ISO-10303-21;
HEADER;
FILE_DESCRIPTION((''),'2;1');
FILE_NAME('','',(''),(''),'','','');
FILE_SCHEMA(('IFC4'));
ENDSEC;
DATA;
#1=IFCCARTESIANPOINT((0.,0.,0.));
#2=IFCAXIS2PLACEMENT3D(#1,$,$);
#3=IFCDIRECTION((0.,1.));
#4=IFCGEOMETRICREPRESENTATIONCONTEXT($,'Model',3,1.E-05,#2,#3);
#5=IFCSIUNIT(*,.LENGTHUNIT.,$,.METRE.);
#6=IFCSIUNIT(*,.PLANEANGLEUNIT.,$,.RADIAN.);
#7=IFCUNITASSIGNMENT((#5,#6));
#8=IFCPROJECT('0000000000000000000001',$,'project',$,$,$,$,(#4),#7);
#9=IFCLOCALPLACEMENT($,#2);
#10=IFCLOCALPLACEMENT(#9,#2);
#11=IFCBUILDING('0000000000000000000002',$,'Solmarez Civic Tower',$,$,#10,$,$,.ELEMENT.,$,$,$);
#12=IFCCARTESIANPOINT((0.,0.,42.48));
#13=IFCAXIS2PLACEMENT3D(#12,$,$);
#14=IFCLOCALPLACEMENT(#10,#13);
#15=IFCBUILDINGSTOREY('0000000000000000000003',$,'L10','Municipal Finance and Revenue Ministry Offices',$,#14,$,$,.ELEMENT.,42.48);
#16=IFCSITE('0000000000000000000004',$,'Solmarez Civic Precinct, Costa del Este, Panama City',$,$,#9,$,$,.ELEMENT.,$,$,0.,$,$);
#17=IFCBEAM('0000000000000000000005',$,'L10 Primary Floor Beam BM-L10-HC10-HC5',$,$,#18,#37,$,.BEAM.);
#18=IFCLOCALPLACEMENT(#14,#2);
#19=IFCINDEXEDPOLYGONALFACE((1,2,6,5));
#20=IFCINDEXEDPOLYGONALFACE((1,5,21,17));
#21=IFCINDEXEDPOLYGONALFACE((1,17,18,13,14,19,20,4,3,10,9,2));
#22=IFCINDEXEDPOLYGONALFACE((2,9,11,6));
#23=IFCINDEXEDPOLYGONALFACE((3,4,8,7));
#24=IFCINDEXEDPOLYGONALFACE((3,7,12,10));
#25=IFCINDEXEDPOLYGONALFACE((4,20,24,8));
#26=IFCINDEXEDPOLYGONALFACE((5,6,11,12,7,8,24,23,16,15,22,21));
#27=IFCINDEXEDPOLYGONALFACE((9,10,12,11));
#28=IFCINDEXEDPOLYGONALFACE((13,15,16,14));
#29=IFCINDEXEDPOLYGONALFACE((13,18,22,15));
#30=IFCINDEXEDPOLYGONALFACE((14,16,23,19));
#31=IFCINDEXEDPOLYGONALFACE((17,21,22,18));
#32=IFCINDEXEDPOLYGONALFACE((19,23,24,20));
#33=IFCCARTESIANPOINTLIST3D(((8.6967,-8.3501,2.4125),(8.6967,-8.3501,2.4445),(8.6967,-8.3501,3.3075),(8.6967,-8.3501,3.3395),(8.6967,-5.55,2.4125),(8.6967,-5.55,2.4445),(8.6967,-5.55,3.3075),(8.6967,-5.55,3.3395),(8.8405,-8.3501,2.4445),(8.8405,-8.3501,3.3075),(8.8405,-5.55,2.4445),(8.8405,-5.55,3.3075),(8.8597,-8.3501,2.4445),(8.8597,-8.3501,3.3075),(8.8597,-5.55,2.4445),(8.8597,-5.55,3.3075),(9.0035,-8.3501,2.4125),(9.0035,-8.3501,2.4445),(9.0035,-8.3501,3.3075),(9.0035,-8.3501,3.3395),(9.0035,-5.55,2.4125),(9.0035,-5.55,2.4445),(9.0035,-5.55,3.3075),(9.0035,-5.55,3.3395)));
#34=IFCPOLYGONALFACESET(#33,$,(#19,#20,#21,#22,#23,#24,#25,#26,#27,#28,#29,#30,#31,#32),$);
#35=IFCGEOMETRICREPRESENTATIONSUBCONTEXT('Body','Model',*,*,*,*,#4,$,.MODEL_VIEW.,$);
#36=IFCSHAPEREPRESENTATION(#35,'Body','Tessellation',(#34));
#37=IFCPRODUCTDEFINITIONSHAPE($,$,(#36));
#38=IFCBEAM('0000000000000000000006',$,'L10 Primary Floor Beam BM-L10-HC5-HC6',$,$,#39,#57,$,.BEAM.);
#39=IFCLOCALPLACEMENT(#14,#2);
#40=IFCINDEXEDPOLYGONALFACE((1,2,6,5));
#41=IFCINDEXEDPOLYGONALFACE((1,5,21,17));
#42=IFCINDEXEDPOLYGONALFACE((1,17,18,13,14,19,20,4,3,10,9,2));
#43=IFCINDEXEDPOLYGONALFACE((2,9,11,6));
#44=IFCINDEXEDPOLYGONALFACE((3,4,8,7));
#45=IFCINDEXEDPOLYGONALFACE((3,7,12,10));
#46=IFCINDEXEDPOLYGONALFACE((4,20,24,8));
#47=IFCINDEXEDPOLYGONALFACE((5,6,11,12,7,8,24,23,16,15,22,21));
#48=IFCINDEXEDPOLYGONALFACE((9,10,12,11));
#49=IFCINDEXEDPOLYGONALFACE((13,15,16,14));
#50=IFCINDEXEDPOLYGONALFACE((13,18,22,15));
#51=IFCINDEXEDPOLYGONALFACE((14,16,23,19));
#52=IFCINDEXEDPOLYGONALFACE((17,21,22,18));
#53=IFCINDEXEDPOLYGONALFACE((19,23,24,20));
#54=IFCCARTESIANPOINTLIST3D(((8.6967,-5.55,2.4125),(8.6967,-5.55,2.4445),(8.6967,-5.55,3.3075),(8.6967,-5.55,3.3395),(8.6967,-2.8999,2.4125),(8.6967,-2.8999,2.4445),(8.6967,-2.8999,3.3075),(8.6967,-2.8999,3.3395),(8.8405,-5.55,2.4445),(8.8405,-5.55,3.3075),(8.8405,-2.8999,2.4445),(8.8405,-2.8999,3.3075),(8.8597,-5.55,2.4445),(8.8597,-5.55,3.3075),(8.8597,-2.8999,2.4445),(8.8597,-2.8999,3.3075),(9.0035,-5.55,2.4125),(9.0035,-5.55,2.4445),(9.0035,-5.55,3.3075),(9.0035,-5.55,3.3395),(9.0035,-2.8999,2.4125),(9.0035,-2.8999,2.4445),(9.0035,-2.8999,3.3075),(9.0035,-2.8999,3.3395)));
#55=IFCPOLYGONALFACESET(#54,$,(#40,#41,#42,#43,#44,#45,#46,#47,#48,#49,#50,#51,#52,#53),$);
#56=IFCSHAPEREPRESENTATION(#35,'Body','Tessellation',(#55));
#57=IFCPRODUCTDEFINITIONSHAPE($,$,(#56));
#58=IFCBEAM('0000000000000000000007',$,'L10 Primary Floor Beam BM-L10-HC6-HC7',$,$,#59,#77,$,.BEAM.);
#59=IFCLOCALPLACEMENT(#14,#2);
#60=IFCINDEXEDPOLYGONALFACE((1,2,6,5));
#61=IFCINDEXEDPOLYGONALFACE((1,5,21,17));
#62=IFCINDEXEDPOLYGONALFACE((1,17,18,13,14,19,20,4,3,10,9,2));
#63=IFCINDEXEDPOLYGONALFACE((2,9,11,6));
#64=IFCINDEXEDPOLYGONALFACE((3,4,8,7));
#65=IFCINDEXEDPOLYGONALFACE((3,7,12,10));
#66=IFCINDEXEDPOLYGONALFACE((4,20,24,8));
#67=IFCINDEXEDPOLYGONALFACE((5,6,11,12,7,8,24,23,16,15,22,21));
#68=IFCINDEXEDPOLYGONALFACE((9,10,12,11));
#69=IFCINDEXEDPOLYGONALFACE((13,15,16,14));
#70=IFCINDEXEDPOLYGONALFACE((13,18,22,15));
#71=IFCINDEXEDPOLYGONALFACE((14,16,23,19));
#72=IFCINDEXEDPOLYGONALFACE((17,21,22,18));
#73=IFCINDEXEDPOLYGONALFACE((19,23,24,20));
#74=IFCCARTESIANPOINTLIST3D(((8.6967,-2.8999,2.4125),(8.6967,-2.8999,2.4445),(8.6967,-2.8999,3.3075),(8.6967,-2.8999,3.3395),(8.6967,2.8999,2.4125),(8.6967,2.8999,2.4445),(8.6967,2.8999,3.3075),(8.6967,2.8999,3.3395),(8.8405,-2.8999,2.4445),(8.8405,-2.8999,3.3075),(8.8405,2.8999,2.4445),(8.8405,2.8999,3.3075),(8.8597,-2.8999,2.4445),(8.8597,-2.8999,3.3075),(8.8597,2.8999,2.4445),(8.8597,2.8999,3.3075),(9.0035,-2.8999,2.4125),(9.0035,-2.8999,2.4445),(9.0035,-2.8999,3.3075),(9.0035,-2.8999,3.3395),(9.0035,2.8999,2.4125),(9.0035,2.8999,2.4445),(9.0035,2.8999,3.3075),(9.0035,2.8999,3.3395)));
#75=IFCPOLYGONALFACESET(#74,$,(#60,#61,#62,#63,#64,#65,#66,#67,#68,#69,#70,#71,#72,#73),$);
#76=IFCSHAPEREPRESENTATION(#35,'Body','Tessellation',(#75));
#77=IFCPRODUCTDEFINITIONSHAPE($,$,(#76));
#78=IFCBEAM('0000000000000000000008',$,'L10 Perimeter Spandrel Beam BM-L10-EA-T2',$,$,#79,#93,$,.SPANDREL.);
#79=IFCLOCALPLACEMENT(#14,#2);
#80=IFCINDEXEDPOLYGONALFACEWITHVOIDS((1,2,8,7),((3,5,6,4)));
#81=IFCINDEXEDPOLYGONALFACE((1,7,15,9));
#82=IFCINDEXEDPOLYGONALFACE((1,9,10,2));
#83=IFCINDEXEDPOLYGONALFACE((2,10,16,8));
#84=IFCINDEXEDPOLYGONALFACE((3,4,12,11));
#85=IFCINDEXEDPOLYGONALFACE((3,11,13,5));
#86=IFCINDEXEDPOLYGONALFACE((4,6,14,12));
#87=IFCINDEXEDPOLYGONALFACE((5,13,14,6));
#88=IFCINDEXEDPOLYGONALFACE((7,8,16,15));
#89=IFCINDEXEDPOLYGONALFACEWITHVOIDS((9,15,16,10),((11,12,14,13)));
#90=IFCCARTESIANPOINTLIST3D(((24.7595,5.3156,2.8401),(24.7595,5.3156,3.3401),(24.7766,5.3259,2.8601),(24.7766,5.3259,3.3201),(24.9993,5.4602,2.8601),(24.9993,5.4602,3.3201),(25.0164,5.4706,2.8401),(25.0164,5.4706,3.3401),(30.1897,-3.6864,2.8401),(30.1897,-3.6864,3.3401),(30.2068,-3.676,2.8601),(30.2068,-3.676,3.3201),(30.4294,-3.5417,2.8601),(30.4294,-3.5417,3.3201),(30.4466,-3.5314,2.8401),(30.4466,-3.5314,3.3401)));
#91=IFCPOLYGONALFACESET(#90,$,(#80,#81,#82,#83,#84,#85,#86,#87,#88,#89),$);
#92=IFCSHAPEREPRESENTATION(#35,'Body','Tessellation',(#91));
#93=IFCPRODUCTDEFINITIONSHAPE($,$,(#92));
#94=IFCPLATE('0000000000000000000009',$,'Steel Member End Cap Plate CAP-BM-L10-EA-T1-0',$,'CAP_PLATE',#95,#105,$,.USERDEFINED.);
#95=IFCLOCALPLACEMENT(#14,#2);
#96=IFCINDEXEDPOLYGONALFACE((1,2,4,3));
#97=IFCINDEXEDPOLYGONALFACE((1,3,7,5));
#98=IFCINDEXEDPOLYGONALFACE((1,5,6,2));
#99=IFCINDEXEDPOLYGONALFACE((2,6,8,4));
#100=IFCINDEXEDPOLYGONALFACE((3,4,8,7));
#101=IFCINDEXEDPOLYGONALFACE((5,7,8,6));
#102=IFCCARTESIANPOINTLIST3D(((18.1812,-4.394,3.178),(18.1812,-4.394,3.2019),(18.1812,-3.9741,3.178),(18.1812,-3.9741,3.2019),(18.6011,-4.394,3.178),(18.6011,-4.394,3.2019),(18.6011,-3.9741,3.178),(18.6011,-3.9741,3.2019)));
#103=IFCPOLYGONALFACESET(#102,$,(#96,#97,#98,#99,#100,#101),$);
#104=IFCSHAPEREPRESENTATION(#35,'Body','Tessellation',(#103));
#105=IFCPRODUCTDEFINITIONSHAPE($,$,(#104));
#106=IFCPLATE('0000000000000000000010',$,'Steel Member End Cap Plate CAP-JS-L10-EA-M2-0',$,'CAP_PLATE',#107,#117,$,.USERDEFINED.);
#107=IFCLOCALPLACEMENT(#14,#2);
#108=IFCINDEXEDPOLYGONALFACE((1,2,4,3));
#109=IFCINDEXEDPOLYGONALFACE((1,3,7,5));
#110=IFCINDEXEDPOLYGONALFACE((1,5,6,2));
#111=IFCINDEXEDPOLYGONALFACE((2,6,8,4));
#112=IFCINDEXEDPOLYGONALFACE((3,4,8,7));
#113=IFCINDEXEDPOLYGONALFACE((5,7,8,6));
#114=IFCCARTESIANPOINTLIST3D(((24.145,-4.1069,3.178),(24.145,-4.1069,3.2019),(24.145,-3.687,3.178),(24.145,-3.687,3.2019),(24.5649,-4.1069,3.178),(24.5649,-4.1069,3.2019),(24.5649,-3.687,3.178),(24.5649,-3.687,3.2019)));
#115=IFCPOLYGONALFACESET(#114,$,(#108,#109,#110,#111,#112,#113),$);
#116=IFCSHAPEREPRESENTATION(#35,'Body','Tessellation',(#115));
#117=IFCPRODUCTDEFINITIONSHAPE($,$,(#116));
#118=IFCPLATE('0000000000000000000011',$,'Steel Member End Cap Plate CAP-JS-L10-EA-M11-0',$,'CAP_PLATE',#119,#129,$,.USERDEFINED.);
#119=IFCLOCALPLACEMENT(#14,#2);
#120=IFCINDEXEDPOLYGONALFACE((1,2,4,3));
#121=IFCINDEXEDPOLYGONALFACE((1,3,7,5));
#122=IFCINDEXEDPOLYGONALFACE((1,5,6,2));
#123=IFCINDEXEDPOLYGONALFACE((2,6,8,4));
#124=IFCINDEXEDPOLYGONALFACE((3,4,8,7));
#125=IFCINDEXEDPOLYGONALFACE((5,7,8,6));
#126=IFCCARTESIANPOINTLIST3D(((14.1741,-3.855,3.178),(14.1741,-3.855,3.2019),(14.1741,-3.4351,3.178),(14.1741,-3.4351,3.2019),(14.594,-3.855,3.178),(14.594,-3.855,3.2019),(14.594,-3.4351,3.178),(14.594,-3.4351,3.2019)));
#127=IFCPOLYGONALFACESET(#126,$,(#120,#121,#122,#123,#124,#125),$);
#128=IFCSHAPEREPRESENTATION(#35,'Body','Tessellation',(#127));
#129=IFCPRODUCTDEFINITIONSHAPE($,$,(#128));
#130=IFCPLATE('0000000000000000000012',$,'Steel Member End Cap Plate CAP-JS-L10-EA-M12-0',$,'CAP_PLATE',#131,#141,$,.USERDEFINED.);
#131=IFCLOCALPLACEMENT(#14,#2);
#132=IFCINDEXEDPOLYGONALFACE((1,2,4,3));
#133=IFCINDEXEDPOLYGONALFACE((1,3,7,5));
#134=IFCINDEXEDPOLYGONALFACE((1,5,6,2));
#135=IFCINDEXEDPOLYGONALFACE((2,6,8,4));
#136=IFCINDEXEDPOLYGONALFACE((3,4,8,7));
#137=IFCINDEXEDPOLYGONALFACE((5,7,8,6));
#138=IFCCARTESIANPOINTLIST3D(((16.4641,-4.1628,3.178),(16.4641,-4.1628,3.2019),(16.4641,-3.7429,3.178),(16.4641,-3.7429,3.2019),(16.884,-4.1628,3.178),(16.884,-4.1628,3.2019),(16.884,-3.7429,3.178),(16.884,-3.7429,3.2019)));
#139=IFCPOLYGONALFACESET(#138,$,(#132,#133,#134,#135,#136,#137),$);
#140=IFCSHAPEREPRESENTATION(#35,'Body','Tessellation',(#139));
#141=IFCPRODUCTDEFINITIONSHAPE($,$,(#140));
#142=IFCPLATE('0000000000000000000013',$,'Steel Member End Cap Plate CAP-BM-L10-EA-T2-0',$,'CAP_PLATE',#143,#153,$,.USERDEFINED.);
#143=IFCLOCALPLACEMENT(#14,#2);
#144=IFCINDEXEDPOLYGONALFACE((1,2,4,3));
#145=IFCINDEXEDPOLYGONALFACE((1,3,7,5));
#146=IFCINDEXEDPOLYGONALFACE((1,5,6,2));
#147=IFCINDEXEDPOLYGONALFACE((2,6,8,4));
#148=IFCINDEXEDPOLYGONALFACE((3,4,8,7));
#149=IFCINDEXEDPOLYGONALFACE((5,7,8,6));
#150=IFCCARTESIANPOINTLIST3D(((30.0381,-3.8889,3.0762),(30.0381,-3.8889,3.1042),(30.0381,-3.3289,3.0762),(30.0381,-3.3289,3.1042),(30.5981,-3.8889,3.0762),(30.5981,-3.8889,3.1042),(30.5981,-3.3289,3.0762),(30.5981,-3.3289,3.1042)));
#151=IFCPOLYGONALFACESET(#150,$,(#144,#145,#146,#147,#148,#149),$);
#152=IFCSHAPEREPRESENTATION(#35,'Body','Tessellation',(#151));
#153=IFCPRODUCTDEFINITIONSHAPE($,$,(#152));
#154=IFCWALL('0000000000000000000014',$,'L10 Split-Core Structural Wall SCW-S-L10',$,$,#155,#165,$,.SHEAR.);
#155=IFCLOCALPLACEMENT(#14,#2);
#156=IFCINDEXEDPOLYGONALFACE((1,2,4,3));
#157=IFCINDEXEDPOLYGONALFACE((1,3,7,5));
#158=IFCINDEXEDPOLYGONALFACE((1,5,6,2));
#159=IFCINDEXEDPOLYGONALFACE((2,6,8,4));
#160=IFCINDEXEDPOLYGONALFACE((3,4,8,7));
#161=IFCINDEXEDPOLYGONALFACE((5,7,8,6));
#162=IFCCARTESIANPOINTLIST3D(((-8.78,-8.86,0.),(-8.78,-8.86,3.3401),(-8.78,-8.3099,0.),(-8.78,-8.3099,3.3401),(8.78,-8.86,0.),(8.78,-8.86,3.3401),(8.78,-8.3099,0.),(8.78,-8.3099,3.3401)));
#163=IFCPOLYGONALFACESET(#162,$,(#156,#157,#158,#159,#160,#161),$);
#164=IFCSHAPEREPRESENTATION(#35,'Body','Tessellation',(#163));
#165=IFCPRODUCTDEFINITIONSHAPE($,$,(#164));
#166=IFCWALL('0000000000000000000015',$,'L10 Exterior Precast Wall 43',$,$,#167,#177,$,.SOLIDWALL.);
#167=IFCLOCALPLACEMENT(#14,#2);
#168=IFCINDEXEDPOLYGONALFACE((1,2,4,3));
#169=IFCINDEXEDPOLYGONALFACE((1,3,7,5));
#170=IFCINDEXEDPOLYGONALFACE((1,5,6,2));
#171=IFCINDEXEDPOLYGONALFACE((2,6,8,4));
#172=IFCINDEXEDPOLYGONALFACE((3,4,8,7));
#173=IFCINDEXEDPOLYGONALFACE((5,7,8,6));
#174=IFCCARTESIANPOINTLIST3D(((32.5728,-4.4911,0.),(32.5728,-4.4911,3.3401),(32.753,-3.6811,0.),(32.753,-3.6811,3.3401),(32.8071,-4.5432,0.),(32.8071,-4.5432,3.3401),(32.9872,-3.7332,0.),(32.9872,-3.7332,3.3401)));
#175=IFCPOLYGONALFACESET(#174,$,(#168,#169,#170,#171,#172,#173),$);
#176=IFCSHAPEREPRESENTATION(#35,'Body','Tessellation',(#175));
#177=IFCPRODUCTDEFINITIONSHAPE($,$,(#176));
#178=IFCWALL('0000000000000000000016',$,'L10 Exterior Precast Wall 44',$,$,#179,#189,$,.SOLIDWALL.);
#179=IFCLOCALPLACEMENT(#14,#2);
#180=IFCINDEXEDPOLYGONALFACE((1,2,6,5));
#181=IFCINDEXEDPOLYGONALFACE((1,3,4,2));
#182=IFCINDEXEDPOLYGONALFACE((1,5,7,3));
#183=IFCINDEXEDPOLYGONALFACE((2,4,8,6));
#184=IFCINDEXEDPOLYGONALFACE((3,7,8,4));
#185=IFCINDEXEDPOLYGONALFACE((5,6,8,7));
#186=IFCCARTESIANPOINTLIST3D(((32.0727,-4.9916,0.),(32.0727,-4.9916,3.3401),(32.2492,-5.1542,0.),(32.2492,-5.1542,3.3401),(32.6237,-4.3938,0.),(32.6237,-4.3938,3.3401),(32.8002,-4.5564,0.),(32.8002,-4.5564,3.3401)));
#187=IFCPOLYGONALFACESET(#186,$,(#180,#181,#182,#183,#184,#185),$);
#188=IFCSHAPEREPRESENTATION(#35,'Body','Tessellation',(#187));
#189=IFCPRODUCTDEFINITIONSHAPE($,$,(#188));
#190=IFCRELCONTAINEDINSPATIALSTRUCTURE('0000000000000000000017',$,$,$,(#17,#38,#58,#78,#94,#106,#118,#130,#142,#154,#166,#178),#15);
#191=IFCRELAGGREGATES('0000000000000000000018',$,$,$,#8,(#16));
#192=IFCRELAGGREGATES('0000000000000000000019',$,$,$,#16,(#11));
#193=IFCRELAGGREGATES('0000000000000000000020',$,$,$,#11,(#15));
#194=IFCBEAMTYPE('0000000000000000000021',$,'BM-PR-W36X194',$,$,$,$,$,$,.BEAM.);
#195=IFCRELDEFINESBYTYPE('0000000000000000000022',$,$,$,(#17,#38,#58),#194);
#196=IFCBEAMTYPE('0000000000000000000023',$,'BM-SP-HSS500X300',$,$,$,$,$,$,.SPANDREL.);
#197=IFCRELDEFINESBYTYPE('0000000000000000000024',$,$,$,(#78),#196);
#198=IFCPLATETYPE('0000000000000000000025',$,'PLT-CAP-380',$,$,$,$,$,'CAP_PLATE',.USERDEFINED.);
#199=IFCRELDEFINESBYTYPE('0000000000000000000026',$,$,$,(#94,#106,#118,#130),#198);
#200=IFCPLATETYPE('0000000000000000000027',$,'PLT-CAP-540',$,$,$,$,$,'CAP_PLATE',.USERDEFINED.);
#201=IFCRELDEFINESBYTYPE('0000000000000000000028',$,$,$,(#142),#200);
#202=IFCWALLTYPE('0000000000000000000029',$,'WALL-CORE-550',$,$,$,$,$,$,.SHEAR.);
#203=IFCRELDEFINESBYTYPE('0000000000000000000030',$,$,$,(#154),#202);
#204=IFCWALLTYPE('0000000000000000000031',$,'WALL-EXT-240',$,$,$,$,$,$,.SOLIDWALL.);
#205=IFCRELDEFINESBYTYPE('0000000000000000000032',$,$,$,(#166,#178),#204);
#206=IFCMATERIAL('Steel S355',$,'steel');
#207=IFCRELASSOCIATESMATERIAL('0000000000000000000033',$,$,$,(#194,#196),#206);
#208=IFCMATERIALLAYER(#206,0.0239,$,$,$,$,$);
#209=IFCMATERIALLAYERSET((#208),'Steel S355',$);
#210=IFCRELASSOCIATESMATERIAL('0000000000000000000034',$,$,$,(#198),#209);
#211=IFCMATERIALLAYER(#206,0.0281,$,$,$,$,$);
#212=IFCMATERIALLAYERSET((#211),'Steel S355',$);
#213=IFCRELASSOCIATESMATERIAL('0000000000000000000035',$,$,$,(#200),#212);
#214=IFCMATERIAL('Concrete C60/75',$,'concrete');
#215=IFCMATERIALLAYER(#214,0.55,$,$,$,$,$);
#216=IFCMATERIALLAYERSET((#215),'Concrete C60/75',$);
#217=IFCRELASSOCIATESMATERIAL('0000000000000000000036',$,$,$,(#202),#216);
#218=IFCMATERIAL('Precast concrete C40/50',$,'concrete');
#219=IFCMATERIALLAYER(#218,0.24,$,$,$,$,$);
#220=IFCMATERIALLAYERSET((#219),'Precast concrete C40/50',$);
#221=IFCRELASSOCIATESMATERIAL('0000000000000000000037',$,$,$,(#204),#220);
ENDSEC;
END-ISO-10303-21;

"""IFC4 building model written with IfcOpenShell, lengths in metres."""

from ifc_helpers import new_model, si_unit, direction, frame, frame_2d, origin, origin_2d, place, context, subcontext, project, spatial, rectangle, hollow_rectangle, i_section, extrude, material, layer, layer_set, material_profile, profile_set, type_object, element, save


model = new_model("IFC4")

# Units and contexts
model_context = context("Model", 3, precision=1e-05, world=origin(), true_north=direction((0.0, 1.0)))
body_context = subcontext(model_context, "Body", "Model", "MODEL_VIEW")
ifc_project = project(units=[si_unit("LENGTHUNIT", "METRE"), si_unit("PLANEANGLEUNIT", "RADIAN")], contexts=[model_context])

# Site, building, storey
site_placement = place(None, origin())
site = spatial("IfcSite", under=ifc_project, at=site_placement, Name="Solmarez Civic Precinct, Costa del Este, Panama City", CompositionType="ELEMENT", RefElevation=0.0)
building_placement = place(site_placement, origin())
building = spatial("IfcBuilding", under=site, at=building_placement, Name="Solmarez Civic Tower", CompositionType="ELEMENT")
storey_placement = place(building_placement, frame((0.0, 0.0, 42.48)))
storey = spatial("IfcBuildingStorey", under=building, at=storey_placement, Name="L10", Description="Municipal Finance and Revenue Ministry Offices", CompositionType="ELEMENT", Elevation=42.48)

# Shared definitions
ifc_material_1 = material(Name="Concrete C60/75", Category="concrete")

# Beams
ifc_material_2 = material(Name="Steel S355", Category="steel")
ifc_material_profile_1 = material_profile(ifc_material_2, i_section(OverallWidth=0.3069, OverallDepth=0.927, WebThickness=0.0193, FlangeThickness=0.032, at=origin_2d()), Name="W36X194")
ifc_profile_set_1 = profile_set([ifc_material_profile_1], Name="Steel S355")
beam_type_1 = type_object("IfcBeamType", Name="BM-PR-W36X194", PredefinedType="BEAM", material=ifc_profile_set_1)
beam_1_placement = place(storey_placement, frame((8.8501, -8.3501, 2.876), z_axis=(0.0, 1.0, 0.0), x_axis=(-1.0, 0.0, 0.0)))
element("IfcBeam", 1, at=beam_1_placement, inside=storey, type_object=beam_type_1, Name="L10 Primary Floor Beam BM-L10-HC10-HC5", PredefinedType="BEAM", context=body_context, shape_type="SweptSolid", body=[
    extrude(i_section(OverallWidth=0.3069, OverallDepth=0.927, WebThickness=0.0193, FlangeThickness=0.032, at=origin_2d()), origin(), (0.0, 0.0, 1.0), 2.8),
])
beam_2_placement = place(storey_placement, frame((8.8501, -5.55, 2.876), z_axis=(0.0, 1.0, 0.0), x_axis=(-1.0, 0.0, 0.0)))
element("IfcBeam", 2, at=beam_2_placement, inside=storey, type_object=beam_type_1, Name="L10 Primary Floor Beam BM-L10-HC5-HC6", PredefinedType="BEAM", context=body_context, shape_type="SweptSolid", body=[
    extrude(i_section(OverallWidth=0.3069, OverallDepth=0.927, WebThickness=0.0193, FlangeThickness=0.032, at=origin_2d()), origin(), (0.0, 0.0, 1.0), 2.6501),
])
beam_3_placement = place(storey_placement, frame((8.8501, -2.8999, 2.876), z_axis=(0.0, 1.0, 0.0), x_axis=(-1.0, 0.0, 0.0)))
element("IfcBeam", 3, at=beam_3_placement, inside=storey, type_object=beam_type_1, Name="L10 Primary Floor Beam BM-L10-HC6-HC7", PredefinedType="BEAM", context=body_context, shape_type="SweptSolid", body=[
    extrude(i_section(OverallWidth=0.3069, OverallDepth=0.927, WebThickness=0.0193, FlangeThickness=0.032, at=origin_2d()), origin(), (0.0, 0.0, 1.0), 5.7998),
])
ifc_material_profile_2 = material_profile(ifc_material_2, hollow_rectangle(XDim=0.3, YDim=0.5, WallThickness=0.02, at=origin_2d()), Name="HSS500X300X20")
ifc_profile_set_2 = profile_set([ifc_material_profile_2], Name="Steel S355")
beam_type_2 = type_object("IfcBeamType", Name="BM-SP-HSS500X300", PredefinedType="SPANDREL", material=ifc_profile_set_2)
beam_4_placement = place(storey_placement, frame((30.3181, -3.6089, 3.0901), z_axis=(-0.516523, 0.856273, 0.0), x_axis=(-0.856273, -0.516523, 0.0)))
element("IfcBeam", 4, at=beam_4_placement, inside=storey, type_object=beam_type_2, Name="L10 Perimeter Spandrel Beam BM-L10-EA-T2", PredefinedType="SPANDREL", context=body_context, shape_type="SweptSolid", body=[
    extrude(hollow_rectangle(XDim=0.3, YDim=0.5, WallThickness=0.02, at=origin_2d()), origin(), (0.0, 0.0, 1.0), 10.5129),
])

# Plates
ifc_layer_1 = layer(ifc_material_2, 0.0239)
ifc_layer_set_1 = layer_set([ifc_layer_1], Name="Steel S355")
plate_type_1 = type_object("IfcPlateType", Name="PLT-CAP-380", ElementType="CAP_PLATE", PredefinedType="USERDEFINED", material=ifc_layer_set_1)
for number, where, z_axis, x_axis, name in (
    (5, (18.3911, -4.1841, 3.178), (0.0, 0.0, 1.0), (1.0, 0.0, 0.0), "Steel Member End Cap Plate CAP-BM-L10-EA-T1-0"),
    (6, (24.355, -3.897, 3.178), (0.0, 0.0, 1.0), (1.0, 0.0, 0.0), "Steel Member End Cap Plate CAP-JS-L10-EA-M2-0"),
    (7, (14.384, -3.645, 3.178), (0.0, 0.0, 1.0), (1.0, 0.0, 0.0), "Steel Member End Cap Plate CAP-JS-L10-EA-M11-0"),
    (8, (16.6741, -3.9529, 3.178), (0.0, 0.0, 1.0), (1.0, 0.0, 0.0), "Steel Member End Cap Plate CAP-JS-L10-EA-M12-0"),
):
    element("IfcPlate", number, at=place(storey_placement, frame(where, z_axis=z_axis, x_axis=x_axis)), inside=storey, type_object=plate_type_1, Name=name, ObjectType="CAP_PLATE", PredefinedType="USERDEFINED", context=body_context, shape_type="SweptSolid", body=[
        extrude(rectangle(XDim=0.4199, YDim=0.4199, at=origin_2d()), origin(), (0.0, 0.0, 1.0), 0.0239),
    ])
ifc_layer_2 = layer(ifc_material_2, 0.0281)
ifc_layer_set_2 = layer_set([ifc_layer_2], Name="Steel S355")
plate_type_2 = type_object("IfcPlateType", Name="PLT-CAP-540", ElementType="CAP_PLATE", PredefinedType="USERDEFINED", material=ifc_layer_set_2)
plate_placement = place(storey_placement, frame((30.3181, -3.6089, 3.0762), z_axis=(0.0, 0.0, 1.0), x_axis=(1.0, 0.0, 0.0)))
element("IfcPlate", 9, at=plate_placement, inside=storey, type_object=plate_type_2, Name="Steel Member End Cap Plate CAP-BM-L10-EA-T2-0", ObjectType="CAP_PLATE", PredefinedType="USERDEFINED", context=body_context, shape_type="SweptSolid", body=[
    extrude(rectangle(XDim=0.5601, YDim=0.5601, at=origin_2d()), origin(), (0.0, 0.0, 1.0), 0.0281),
])

# Walls
ifc_layer_3 = layer(ifc_material_1, 0.55)
ifc_layer_set_3 = layer_set([ifc_layer_3], Name="Concrete C60/75")
wall_type_1 = type_object("IfcWallType", Name="WALL-CORE-550", PredefinedType="SHEAR", material=ifc_layer_set_3)
wall_1_placement = place(storey_placement, frame((8.78, -8.585, 0.0), z_axis=(0.0, 0.0, 1.0), x_axis=(-1.0, 0.0, 0.0)))
element("IfcWall", 10, at=wall_1_placement, inside=storey, type_object=wall_type_1, Name="L10 Split-Core Structural Wall SCW-S-L10", PredefinedType="SHEAR", context=body_context, shape_type="SweptSolid", body=[
    extrude(rectangle(XDim=17.5601, YDim=0.55, at=frame_2d((8.78, 0.0))), origin(), (0.0, 0.0, 1.0), 3.3401),
])
ifc_material_3 = material(Name="Precast concrete C40/50", Category="concrete")
ifc_layer_4 = layer(ifc_material_3, 0.24)
ifc_layer_set_4 = layer_set([ifc_layer_4], Name="Precast concrete C40/50")
wall_type_2 = type_object("IfcWallType", Name="WALL-EXT-240", PredefinedType="SOLIDWALL", material=ifc_layer_set_4)
wall_2_placement = place(storey_placement, frame((32.8701, -3.707, 0.0), z_axis=(0.0, 0.0, 1.0), x_axis=(-0.217117, -0.976146, 0.0)))
element("IfcWall", 11, at=wall_2_placement, inside=storey, type_object=wall_type_2, Name="L10 Exterior Precast Wall 43", PredefinedType="SOLIDWALL", context=body_context, shape_type="SweptSolid", body=[
    extrude(rectangle(XDim=0.8298, YDim=0.24, at=frame_2d((0.415, 0.0))), origin(), (0.0, 0.0, 1.0), 3.3401),
])
wall_3_placement = place(storey_placement, frame((32.7119, -4.4751, 0.0), z_axis=(0.0, 0.0, 1.0), x_axis=(-0.677694, -0.735344, 0.0)))
element("IfcWall", 12, at=wall_3_placement, inside=storey, type_object=wall_type_2, Name="L10 Exterior Precast Wall 44", PredefinedType="SOLIDWALL", context=body_context, shape_type="SweptSolid", body=[
    extrude(rectangle(XDim=0.813, YDim=0.24, at=frame_2d((0.4065, 0.0))), origin(), (0.0, 0.0, 1.0), 3.3401),
])

save(model, "model.ifc")
